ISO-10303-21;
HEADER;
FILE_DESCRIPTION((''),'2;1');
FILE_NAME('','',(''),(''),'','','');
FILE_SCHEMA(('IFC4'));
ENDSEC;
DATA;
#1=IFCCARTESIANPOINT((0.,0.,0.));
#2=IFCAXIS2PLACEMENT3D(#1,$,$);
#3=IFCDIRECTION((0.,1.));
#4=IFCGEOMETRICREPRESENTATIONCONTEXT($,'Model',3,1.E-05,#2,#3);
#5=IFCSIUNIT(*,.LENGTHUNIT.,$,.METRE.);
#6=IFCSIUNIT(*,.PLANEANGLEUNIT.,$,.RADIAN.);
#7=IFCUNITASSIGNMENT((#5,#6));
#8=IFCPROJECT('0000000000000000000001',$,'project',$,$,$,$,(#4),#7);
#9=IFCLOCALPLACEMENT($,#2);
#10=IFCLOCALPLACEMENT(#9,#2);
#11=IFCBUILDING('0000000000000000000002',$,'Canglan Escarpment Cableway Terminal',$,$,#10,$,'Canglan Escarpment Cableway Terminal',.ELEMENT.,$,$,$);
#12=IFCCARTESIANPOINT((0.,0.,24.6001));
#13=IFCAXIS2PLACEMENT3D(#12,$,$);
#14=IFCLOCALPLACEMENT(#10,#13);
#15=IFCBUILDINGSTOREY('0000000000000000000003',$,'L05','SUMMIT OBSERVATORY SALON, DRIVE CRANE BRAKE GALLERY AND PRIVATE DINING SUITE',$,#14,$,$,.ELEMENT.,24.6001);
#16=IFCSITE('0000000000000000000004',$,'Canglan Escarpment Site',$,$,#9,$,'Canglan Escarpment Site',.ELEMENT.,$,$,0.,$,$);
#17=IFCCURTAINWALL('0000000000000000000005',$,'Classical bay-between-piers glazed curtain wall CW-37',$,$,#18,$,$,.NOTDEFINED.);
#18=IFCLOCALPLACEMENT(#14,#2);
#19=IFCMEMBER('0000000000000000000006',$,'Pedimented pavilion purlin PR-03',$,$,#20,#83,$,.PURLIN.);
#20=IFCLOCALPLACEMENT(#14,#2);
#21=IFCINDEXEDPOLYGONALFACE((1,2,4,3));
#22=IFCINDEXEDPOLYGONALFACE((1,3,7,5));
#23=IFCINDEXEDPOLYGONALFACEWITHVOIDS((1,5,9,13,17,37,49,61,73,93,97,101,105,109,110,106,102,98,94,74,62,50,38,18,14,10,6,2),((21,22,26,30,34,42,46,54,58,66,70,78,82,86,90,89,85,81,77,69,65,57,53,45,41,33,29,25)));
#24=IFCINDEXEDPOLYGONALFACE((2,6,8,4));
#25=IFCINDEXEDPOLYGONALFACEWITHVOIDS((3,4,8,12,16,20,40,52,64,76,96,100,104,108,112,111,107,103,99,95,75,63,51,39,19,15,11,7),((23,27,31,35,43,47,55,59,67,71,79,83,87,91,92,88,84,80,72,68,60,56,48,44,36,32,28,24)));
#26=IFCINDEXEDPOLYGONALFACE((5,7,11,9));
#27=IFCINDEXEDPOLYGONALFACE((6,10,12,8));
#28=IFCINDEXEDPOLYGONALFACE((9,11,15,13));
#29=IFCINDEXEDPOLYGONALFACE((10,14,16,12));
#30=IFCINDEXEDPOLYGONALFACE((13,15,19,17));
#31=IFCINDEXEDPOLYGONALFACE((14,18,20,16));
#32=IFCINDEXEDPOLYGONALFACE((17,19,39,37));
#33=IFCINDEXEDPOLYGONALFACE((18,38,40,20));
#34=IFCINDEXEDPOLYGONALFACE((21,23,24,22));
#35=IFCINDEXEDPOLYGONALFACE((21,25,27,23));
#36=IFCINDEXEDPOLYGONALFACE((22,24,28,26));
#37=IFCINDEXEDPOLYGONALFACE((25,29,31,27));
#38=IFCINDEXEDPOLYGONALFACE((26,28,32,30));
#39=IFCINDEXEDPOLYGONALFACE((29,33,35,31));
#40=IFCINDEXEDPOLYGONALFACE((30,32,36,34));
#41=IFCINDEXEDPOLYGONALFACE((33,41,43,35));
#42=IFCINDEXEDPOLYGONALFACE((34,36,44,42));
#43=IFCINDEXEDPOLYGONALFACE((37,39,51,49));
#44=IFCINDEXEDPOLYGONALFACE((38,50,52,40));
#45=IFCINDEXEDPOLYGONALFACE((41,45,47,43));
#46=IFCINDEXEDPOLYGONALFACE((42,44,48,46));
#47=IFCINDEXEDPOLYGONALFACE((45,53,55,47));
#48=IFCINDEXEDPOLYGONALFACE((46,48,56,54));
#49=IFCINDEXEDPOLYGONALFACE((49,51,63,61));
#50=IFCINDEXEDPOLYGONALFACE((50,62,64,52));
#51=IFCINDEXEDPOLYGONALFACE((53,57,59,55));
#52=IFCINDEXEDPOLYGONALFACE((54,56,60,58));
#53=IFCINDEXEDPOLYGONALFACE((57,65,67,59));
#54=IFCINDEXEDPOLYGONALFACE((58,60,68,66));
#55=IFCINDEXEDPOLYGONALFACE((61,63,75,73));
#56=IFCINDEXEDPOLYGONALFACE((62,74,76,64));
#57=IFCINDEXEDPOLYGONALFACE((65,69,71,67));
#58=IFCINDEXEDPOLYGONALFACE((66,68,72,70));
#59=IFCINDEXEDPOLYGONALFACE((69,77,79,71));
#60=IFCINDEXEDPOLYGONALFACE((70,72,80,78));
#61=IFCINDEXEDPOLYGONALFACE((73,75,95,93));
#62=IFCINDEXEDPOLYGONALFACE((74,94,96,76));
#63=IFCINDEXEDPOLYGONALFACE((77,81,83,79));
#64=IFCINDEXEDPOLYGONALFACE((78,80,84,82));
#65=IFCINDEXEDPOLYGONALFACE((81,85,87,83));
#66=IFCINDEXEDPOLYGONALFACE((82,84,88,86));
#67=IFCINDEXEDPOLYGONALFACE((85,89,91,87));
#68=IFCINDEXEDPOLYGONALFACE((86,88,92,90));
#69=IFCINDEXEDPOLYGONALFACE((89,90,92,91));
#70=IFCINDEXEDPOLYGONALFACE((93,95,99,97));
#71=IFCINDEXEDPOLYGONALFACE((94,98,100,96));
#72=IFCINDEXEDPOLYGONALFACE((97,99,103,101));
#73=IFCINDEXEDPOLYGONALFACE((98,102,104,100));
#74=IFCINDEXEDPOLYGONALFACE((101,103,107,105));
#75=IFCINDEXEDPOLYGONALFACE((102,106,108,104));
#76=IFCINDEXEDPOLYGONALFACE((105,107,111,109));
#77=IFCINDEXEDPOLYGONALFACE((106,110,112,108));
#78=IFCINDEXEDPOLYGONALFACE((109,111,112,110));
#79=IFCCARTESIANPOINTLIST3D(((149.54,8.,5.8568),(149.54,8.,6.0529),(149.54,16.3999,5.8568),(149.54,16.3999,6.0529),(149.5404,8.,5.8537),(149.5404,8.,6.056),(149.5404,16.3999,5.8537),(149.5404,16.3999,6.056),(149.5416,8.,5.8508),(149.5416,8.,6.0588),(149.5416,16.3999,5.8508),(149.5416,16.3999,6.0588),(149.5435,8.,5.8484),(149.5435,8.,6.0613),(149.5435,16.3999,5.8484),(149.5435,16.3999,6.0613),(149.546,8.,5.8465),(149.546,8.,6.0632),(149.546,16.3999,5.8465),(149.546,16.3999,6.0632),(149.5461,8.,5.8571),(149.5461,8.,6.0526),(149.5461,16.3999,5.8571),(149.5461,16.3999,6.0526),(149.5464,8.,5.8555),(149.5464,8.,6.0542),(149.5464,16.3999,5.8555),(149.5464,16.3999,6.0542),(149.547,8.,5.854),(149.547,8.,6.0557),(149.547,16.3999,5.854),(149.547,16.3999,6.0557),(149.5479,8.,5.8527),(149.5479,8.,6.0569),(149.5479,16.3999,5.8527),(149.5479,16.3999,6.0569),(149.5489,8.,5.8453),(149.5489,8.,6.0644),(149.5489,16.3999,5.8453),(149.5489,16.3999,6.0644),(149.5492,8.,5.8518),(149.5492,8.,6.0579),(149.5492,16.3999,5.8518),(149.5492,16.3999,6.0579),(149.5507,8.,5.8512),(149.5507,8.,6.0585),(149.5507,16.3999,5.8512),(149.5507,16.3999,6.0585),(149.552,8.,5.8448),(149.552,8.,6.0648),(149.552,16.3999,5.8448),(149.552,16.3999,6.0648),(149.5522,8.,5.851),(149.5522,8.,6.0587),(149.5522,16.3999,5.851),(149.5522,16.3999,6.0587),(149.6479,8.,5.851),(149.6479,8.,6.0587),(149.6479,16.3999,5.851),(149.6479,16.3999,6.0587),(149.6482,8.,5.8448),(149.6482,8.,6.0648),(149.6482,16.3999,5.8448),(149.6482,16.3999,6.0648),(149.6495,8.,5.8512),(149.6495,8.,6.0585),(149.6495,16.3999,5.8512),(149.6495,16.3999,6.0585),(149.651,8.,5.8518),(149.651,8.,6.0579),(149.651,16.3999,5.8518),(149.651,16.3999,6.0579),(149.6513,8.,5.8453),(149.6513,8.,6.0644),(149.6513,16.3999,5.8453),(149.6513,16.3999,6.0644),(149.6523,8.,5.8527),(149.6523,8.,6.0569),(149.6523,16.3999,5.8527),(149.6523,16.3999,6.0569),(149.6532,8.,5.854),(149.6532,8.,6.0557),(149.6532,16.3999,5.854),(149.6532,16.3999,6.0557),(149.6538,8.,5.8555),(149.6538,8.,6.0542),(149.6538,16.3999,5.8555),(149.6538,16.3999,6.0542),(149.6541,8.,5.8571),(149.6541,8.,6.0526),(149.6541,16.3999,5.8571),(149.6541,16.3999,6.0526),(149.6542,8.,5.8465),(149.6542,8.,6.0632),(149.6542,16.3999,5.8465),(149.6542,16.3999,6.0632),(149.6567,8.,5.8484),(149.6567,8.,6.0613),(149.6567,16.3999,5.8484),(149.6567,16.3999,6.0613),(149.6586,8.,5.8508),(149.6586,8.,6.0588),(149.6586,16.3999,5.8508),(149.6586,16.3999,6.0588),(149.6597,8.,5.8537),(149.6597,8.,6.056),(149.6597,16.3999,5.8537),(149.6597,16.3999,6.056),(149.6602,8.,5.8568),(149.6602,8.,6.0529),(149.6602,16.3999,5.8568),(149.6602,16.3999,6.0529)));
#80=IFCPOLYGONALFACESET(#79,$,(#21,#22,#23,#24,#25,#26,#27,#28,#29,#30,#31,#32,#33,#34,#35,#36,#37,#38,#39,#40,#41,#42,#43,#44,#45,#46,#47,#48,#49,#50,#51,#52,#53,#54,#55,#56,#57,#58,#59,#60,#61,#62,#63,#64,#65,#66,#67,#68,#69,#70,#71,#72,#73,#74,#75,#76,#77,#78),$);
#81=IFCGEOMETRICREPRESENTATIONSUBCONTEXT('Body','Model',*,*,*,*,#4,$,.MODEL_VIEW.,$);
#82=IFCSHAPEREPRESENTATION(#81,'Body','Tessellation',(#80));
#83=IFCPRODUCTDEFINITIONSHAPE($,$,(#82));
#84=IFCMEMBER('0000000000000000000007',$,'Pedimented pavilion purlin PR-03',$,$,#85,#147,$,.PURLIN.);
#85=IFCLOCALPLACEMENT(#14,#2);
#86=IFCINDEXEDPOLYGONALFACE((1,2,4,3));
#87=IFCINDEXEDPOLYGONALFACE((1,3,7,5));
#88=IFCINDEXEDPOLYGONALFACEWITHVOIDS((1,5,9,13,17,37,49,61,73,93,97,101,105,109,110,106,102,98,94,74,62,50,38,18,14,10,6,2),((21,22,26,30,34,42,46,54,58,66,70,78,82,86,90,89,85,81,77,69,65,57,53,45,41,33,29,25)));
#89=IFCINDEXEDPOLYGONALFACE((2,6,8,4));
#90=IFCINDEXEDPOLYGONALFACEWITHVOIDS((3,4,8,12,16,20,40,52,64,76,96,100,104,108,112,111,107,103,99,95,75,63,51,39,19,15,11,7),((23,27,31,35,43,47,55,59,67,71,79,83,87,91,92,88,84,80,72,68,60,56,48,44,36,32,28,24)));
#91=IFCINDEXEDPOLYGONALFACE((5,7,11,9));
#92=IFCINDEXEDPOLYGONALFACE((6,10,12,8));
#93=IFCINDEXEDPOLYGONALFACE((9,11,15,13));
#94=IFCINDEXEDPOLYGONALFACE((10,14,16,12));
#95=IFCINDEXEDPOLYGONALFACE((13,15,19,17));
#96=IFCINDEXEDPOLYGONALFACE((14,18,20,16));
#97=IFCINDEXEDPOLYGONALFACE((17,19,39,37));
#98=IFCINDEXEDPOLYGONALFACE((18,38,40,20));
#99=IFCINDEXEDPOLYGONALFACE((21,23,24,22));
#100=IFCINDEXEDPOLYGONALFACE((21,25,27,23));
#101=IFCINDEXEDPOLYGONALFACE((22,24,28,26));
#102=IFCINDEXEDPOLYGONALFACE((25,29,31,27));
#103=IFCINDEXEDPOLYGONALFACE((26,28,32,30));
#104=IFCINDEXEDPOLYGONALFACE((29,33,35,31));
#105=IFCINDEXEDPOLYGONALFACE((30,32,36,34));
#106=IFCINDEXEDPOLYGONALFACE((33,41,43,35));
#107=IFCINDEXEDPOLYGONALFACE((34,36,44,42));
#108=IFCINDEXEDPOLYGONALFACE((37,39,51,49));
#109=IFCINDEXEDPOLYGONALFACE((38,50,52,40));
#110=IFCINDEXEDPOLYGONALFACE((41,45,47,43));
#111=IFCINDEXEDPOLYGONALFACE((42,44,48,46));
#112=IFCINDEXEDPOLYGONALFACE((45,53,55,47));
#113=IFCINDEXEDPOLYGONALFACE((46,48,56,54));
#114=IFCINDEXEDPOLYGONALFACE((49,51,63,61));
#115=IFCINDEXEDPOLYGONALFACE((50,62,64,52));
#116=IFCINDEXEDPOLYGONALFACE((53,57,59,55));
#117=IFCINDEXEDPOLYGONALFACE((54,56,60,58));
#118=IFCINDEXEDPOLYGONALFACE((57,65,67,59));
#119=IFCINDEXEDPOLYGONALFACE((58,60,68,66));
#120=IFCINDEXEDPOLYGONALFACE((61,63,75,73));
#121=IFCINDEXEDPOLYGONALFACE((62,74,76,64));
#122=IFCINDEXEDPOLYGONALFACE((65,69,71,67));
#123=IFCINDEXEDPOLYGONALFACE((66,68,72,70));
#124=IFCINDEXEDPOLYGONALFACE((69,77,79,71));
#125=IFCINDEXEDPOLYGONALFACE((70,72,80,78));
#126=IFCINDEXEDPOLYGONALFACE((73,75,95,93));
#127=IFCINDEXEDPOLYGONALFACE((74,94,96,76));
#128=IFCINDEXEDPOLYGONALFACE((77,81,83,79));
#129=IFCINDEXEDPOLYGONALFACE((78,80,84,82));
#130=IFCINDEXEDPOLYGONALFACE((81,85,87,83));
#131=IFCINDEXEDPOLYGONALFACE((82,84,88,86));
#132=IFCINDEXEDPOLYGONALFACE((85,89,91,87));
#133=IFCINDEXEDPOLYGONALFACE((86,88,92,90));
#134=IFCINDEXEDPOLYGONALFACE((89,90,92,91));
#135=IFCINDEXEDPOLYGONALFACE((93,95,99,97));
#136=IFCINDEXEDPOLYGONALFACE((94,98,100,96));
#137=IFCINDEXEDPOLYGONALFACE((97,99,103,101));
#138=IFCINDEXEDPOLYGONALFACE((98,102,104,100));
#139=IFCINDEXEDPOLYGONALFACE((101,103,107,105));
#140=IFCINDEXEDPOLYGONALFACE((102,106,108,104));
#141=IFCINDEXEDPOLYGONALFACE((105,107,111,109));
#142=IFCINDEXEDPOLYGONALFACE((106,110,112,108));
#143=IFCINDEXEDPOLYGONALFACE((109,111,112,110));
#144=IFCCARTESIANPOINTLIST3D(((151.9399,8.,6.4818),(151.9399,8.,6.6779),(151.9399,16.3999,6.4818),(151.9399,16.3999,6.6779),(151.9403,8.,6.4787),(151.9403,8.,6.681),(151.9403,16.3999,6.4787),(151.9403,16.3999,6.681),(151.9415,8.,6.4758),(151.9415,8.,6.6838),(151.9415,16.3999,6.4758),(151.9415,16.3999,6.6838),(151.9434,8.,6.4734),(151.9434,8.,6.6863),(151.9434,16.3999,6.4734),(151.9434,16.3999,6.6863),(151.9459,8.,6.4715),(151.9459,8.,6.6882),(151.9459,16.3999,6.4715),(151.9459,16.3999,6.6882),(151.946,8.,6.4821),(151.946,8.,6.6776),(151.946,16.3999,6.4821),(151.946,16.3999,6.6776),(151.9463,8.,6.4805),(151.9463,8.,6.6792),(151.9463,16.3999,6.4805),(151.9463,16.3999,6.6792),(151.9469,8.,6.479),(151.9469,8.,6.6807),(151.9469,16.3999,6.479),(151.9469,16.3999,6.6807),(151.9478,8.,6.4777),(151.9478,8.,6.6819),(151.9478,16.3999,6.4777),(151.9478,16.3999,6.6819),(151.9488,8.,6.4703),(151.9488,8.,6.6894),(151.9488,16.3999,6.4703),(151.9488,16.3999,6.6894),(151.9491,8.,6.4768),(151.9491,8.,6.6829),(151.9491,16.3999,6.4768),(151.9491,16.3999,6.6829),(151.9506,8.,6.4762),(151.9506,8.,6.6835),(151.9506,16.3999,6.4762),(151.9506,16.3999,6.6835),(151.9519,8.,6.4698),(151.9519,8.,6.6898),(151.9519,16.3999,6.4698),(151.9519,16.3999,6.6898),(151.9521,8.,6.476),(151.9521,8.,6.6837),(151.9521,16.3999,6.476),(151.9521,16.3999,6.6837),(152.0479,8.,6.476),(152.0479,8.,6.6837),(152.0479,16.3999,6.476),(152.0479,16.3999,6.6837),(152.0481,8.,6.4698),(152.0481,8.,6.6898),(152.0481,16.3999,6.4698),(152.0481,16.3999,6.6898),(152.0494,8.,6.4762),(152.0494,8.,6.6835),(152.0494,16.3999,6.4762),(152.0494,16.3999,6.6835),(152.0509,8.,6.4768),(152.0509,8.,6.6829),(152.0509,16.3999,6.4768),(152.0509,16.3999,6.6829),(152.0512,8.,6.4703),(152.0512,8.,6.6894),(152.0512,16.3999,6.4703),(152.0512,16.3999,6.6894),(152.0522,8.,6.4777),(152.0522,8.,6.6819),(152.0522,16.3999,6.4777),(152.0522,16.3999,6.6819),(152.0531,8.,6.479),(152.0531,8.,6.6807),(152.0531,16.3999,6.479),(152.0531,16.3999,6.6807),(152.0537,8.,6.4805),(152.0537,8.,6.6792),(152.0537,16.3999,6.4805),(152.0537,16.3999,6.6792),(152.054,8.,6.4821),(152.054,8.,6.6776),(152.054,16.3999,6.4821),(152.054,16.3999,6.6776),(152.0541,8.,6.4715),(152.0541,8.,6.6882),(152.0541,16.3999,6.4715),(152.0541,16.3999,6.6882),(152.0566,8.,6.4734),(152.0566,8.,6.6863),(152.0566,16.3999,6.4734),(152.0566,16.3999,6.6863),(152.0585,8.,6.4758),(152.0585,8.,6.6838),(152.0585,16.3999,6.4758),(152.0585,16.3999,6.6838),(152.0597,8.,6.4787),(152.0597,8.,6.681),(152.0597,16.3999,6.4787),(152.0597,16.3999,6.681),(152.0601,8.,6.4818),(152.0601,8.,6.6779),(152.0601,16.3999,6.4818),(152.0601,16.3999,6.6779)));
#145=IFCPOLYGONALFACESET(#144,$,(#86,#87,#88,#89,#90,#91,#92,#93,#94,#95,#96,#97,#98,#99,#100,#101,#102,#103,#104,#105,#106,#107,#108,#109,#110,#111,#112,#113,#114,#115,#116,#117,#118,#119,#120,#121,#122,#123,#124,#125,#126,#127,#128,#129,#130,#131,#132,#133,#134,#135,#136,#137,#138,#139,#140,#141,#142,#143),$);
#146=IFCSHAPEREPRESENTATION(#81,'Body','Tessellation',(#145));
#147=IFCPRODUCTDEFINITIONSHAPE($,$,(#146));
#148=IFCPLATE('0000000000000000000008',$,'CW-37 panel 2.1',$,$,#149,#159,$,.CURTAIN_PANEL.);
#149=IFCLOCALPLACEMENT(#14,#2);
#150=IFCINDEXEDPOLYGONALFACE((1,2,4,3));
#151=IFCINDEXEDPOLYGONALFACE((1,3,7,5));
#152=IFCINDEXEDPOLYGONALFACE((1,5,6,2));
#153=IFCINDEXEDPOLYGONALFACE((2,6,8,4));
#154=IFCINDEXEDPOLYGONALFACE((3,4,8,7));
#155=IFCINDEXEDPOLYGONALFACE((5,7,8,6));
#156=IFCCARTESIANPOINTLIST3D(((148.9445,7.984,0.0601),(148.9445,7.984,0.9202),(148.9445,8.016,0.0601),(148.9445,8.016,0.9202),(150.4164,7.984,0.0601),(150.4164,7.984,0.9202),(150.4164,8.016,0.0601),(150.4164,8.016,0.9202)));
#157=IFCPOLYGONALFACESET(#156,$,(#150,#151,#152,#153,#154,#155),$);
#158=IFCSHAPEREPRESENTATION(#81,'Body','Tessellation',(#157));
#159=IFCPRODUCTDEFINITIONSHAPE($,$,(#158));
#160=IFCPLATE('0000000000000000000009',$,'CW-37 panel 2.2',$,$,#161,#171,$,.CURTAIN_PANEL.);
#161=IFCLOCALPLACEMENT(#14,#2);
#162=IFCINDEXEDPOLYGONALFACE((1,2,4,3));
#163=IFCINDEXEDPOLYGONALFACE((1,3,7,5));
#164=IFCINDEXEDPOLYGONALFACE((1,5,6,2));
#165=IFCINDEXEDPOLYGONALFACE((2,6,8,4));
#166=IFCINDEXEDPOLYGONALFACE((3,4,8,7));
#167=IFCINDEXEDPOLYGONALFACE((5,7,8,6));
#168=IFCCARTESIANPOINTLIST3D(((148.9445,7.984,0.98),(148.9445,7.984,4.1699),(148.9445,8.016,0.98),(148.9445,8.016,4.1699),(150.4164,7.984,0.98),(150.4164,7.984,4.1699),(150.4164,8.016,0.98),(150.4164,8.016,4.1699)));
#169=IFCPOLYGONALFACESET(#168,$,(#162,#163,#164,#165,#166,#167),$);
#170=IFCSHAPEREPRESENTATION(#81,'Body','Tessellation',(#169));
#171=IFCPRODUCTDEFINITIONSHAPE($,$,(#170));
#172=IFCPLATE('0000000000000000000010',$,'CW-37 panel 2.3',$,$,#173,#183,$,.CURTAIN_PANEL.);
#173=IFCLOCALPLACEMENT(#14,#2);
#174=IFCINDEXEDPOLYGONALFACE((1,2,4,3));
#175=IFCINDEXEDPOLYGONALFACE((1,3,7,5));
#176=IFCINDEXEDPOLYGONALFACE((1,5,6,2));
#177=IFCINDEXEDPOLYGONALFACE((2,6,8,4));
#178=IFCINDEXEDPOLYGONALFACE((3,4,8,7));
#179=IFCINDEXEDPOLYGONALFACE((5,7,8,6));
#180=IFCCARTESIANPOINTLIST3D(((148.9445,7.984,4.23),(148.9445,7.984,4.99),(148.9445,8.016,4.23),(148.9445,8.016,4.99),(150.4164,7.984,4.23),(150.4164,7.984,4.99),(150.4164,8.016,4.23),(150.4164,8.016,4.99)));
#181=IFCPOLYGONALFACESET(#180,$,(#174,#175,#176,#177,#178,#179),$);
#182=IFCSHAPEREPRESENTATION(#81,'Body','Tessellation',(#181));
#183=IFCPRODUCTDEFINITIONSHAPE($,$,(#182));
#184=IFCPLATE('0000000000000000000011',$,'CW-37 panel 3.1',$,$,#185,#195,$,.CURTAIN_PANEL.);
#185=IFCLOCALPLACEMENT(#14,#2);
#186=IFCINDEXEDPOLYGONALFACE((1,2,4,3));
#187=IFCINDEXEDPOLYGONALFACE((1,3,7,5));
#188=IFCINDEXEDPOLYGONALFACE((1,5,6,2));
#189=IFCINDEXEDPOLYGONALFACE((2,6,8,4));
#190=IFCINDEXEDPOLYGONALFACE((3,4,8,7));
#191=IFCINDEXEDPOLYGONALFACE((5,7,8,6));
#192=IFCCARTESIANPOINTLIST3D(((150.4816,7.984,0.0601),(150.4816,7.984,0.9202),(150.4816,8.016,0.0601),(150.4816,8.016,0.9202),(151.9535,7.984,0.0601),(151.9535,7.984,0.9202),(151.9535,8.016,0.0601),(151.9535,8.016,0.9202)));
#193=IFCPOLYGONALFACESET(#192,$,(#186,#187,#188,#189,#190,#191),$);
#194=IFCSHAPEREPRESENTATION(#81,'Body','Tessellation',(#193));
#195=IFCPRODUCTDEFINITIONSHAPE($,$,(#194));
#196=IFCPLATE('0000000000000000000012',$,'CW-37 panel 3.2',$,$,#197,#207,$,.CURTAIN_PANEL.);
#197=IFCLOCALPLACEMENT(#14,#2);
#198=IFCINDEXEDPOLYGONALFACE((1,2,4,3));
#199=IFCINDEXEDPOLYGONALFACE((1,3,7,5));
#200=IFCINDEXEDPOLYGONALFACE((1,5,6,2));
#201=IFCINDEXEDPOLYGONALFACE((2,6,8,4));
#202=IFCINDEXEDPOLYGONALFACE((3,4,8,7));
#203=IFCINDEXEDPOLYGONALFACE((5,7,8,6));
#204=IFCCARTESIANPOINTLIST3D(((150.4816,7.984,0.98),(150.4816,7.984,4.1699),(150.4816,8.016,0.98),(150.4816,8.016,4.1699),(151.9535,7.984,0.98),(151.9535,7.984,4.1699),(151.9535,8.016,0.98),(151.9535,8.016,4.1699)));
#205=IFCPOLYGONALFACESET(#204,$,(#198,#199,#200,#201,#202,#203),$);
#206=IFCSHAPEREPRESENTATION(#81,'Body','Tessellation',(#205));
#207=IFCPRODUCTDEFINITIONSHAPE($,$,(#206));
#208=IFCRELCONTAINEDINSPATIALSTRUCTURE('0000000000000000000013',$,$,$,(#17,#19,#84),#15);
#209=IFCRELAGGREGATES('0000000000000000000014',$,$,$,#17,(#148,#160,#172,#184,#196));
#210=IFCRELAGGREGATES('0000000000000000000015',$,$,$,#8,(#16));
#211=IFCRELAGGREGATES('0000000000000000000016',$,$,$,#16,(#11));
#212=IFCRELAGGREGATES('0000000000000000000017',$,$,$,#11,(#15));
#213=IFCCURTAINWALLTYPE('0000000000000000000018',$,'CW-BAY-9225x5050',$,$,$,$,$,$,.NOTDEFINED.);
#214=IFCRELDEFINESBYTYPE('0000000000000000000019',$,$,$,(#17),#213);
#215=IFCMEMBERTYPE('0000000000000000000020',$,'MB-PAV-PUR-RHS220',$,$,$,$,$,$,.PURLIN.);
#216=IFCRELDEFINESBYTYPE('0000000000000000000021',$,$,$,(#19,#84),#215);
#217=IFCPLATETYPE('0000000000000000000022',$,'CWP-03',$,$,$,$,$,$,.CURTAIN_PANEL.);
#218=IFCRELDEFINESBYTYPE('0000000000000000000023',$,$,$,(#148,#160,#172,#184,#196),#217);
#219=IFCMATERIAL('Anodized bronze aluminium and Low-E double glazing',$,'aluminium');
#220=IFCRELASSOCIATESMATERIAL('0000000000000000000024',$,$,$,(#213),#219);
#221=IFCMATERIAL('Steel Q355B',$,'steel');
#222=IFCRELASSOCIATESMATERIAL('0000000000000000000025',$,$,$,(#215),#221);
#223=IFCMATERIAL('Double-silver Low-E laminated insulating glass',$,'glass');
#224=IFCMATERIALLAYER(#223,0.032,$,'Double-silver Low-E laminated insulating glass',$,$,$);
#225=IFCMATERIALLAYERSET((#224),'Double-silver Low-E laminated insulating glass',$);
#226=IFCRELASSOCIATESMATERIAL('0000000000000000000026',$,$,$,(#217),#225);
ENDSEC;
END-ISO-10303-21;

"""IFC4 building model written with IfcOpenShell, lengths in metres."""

from ifc_helpers import new_model, si_unit, direction, frame, origin, origin_2d, place, context, subcontext, project, spatial, rectangle, hollow_rectangle, extrude, material, layer, layer_set, material_profile, profile_set, type_object, element, aggregate, save


model = new_model("IFC4")

# Units and contexts
model_context = context("Model", 3, precision=1e-05, world=origin(), true_north=direction((0.0, 1.0)))
body_context = subcontext(model_context, "Body", "Model", "MODEL_VIEW")
ifc_project = project(units=[si_unit("LENGTHUNIT", "METRE"), si_unit("PLANEANGLEUNIT", "RADIAN")], contexts=[model_context])

# Site, building, storey
site_placement = place(None, origin())
site = spatial("IfcSite", under=ifc_project, at=site_placement, Name="Canglan Escarpment Site", LongName="Canglan Escarpment Site", CompositionType="ELEMENT", RefElevation=0.0)
building_placement = place(site_placement, origin())
building = spatial("IfcBuilding", under=site, at=building_placement, Name="Canglan Escarpment Cableway Terminal", LongName="Canglan Escarpment Cableway Terminal", CompositionType="ELEMENT")
storey_placement = place(building_placement, frame((0.0, 0.0, 24.6001)))
storey = spatial("IfcBuildingStorey", under=building, at=storey_placement, Name="L05", Description="SUMMIT OBSERVATORY SALON, DRIVE CRANE BRAKE GALLERY AND PRIVATE DINING SUITE", CompositionType="ELEMENT", Elevation=24.6001)

# Curtain wall
ifc_material_1 = material(Name="Anodized bronze aluminium and Low-E double glazing", Category="aluminium")
curtain_wall_type = type_object("IfcCurtainWallType", Name="CW-BAY-9225x5050", PredefinedType="NOTDEFINED", material=ifc_material_1)
curtain_wall_placement = place(storey_placement, origin())
curtain_wall = element("IfcCurtainWall", 1, at=curtain_wall_placement, inside=storey, type_object=curtain_wall_type, Name="Classical bay-between-piers glazed curtain wall CW-37", PredefinedType="NOTDEFINED")

# Members
ifc_material_2 = material(Name="Steel Q355B", Category="steel")
ifc_material_profile_1 = material_profile(ifc_material_2, hollow_rectangle(XDim=0.1201, YDim=0.22, WallThickness=0.0061, InnerFilletRadius=0.0061, OuterFilletRadius=0.012, at=origin_2d()), Name="RHS 220x120x6")
ifc_profile_set_1 = profile_set([ifc_material_profile_1], Name="Steel Q355B")
member_type_1 = type_object("IfcMemberType", Name="MB-PAV-PUR-RHS220", PredefinedType="PURLIN", material=ifc_profile_set_1)
for number, where, z_axis, x_axis, name in (
    (2, (149.6001, 8.0, 5.9548), (0.0, 1.0, 0.0), (-1.0, 0.0, 0.0), "Pedimented pavilion purlin PR-03"),
    (3, (152.0, 8.0, 6.5798), (0.0, 1.0, 0.0), (-1.0, 0.0, 0.0), "Pedimented pavilion purlin PR-03"),
):
    element("IfcMember", number, at=place(storey_placement, frame(where, z_axis=z_axis, x_axis=x_axis)), inside=storey, type_object=member_type_1, Name=name, PredefinedType="PURLIN", context=body_context, shape_type="SweptSolid", body=[
        extrude(hollow_rectangle(XDim=0.1201, YDim=0.22, WallThickness=0.0061, InnerFilletRadius=0.0061, OuterFilletRadius=0.012, at=origin_2d()), origin(), (0.0, 0.0, 1.0), 8.3999),
    ])

# Plates
ifc_material_3 = material(Name="Double-silver Low-E laminated insulating glass", Category="glass")
ifc_layer_1 = layer(ifc_material_3, 0.032, Name="Double-silver Low-E laminated insulating glass")
ifc_layer_set_1 = layer_set([ifc_layer_1], Name="Double-silver Low-E laminated insulating glass")
plate_type_1 = type_object("IfcPlateType", Name="CWP-03", PredefinedType="CURTAIN_PANEL", material=ifc_layer_set_1)
plate_1_placement = place(storey_placement, frame((149.6804, 8.0, 0.0601), z_axis=(0.0, 0.0, 1.0), x_axis=(1.0, 0.0, 0.0)))
plate_1 = element("IfcPlate", 4, at=plate_1_placement, type_object=plate_type_1, Name="CW-37 panel 2.1", PredefinedType="CURTAIN_PANEL", context=body_context, shape_type="SweptSolid", body=[
    extrude(rectangle(XDim=1.4719, YDim=0.032, at=origin_2d()), origin(), (0.0, 0.0, 1.0), 0.8601),
])
plate_2_placement = place(storey_placement, frame((149.6804, 8.0, 0.98), z_axis=(0.0, 0.0, 1.0), x_axis=(1.0, 0.0, 0.0)))
plate_2 = element("IfcPlate", 5, at=plate_2_placement, type_object=plate_type_1, Name="CW-37 panel 2.2", PredefinedType="CURTAIN_PANEL", context=body_context, shape_type="SweptSolid", body=[
    extrude(rectangle(XDim=1.4719, YDim=0.032, at=origin_2d()), origin(), (0.0, 0.0, 1.0), 3.1899),
])
plate_3_placement = place(storey_placement, frame((149.6804, 8.0, 4.23), z_axis=(0.0, 0.0, 1.0), x_axis=(1.0, 0.0, 0.0)))
plate_3 = element("IfcPlate", 6, at=plate_3_placement, type_object=plate_type_1, Name="CW-37 panel 2.3", PredefinedType="CURTAIN_PANEL", context=body_context, shape_type="SweptSolid", body=[
    extrude(rectangle(XDim=1.4719, YDim=0.032, at=origin_2d()), origin(), (0.0, 0.0, 1.0), 0.76),
])
plate_4_placement = place(storey_placement, frame((151.2175, 8.0, 0.0601), z_axis=(0.0, 0.0, 1.0), x_axis=(1.0, 0.0, 0.0)))
plate_4 = element("IfcPlate", 7, at=plate_4_placement, type_object=plate_type_1, Name="CW-37 panel 3.1", PredefinedType="CURTAIN_PANEL", context=body_context, shape_type="SweptSolid", body=[
    extrude(rectangle(XDim=1.4719, YDim=0.032, at=origin_2d()), origin(), (0.0, 0.0, 1.0), 0.8601),
])
plate_5_placement = place(storey_placement, frame((151.2175, 8.0, 0.98), z_axis=(0.0, 0.0, 1.0), x_axis=(1.0, 0.0, 0.0)))
plate_5 = element("IfcPlate", 8, at=plate_5_placement, type_object=plate_type_1, Name="CW-37 panel 3.2", PredefinedType="CURTAIN_PANEL", context=body_context, shape_type="SweptSolid", body=[
    extrude(rectangle(XDim=1.4719, YDim=0.032, at=origin_2d()), origin(), (0.0, 0.0, 1.0), 3.1899),
])
aggregate(curtain_wall, [plate_1, plate_2, plate_3, plate_4, plate_5])

save(model, "model.ifc")
